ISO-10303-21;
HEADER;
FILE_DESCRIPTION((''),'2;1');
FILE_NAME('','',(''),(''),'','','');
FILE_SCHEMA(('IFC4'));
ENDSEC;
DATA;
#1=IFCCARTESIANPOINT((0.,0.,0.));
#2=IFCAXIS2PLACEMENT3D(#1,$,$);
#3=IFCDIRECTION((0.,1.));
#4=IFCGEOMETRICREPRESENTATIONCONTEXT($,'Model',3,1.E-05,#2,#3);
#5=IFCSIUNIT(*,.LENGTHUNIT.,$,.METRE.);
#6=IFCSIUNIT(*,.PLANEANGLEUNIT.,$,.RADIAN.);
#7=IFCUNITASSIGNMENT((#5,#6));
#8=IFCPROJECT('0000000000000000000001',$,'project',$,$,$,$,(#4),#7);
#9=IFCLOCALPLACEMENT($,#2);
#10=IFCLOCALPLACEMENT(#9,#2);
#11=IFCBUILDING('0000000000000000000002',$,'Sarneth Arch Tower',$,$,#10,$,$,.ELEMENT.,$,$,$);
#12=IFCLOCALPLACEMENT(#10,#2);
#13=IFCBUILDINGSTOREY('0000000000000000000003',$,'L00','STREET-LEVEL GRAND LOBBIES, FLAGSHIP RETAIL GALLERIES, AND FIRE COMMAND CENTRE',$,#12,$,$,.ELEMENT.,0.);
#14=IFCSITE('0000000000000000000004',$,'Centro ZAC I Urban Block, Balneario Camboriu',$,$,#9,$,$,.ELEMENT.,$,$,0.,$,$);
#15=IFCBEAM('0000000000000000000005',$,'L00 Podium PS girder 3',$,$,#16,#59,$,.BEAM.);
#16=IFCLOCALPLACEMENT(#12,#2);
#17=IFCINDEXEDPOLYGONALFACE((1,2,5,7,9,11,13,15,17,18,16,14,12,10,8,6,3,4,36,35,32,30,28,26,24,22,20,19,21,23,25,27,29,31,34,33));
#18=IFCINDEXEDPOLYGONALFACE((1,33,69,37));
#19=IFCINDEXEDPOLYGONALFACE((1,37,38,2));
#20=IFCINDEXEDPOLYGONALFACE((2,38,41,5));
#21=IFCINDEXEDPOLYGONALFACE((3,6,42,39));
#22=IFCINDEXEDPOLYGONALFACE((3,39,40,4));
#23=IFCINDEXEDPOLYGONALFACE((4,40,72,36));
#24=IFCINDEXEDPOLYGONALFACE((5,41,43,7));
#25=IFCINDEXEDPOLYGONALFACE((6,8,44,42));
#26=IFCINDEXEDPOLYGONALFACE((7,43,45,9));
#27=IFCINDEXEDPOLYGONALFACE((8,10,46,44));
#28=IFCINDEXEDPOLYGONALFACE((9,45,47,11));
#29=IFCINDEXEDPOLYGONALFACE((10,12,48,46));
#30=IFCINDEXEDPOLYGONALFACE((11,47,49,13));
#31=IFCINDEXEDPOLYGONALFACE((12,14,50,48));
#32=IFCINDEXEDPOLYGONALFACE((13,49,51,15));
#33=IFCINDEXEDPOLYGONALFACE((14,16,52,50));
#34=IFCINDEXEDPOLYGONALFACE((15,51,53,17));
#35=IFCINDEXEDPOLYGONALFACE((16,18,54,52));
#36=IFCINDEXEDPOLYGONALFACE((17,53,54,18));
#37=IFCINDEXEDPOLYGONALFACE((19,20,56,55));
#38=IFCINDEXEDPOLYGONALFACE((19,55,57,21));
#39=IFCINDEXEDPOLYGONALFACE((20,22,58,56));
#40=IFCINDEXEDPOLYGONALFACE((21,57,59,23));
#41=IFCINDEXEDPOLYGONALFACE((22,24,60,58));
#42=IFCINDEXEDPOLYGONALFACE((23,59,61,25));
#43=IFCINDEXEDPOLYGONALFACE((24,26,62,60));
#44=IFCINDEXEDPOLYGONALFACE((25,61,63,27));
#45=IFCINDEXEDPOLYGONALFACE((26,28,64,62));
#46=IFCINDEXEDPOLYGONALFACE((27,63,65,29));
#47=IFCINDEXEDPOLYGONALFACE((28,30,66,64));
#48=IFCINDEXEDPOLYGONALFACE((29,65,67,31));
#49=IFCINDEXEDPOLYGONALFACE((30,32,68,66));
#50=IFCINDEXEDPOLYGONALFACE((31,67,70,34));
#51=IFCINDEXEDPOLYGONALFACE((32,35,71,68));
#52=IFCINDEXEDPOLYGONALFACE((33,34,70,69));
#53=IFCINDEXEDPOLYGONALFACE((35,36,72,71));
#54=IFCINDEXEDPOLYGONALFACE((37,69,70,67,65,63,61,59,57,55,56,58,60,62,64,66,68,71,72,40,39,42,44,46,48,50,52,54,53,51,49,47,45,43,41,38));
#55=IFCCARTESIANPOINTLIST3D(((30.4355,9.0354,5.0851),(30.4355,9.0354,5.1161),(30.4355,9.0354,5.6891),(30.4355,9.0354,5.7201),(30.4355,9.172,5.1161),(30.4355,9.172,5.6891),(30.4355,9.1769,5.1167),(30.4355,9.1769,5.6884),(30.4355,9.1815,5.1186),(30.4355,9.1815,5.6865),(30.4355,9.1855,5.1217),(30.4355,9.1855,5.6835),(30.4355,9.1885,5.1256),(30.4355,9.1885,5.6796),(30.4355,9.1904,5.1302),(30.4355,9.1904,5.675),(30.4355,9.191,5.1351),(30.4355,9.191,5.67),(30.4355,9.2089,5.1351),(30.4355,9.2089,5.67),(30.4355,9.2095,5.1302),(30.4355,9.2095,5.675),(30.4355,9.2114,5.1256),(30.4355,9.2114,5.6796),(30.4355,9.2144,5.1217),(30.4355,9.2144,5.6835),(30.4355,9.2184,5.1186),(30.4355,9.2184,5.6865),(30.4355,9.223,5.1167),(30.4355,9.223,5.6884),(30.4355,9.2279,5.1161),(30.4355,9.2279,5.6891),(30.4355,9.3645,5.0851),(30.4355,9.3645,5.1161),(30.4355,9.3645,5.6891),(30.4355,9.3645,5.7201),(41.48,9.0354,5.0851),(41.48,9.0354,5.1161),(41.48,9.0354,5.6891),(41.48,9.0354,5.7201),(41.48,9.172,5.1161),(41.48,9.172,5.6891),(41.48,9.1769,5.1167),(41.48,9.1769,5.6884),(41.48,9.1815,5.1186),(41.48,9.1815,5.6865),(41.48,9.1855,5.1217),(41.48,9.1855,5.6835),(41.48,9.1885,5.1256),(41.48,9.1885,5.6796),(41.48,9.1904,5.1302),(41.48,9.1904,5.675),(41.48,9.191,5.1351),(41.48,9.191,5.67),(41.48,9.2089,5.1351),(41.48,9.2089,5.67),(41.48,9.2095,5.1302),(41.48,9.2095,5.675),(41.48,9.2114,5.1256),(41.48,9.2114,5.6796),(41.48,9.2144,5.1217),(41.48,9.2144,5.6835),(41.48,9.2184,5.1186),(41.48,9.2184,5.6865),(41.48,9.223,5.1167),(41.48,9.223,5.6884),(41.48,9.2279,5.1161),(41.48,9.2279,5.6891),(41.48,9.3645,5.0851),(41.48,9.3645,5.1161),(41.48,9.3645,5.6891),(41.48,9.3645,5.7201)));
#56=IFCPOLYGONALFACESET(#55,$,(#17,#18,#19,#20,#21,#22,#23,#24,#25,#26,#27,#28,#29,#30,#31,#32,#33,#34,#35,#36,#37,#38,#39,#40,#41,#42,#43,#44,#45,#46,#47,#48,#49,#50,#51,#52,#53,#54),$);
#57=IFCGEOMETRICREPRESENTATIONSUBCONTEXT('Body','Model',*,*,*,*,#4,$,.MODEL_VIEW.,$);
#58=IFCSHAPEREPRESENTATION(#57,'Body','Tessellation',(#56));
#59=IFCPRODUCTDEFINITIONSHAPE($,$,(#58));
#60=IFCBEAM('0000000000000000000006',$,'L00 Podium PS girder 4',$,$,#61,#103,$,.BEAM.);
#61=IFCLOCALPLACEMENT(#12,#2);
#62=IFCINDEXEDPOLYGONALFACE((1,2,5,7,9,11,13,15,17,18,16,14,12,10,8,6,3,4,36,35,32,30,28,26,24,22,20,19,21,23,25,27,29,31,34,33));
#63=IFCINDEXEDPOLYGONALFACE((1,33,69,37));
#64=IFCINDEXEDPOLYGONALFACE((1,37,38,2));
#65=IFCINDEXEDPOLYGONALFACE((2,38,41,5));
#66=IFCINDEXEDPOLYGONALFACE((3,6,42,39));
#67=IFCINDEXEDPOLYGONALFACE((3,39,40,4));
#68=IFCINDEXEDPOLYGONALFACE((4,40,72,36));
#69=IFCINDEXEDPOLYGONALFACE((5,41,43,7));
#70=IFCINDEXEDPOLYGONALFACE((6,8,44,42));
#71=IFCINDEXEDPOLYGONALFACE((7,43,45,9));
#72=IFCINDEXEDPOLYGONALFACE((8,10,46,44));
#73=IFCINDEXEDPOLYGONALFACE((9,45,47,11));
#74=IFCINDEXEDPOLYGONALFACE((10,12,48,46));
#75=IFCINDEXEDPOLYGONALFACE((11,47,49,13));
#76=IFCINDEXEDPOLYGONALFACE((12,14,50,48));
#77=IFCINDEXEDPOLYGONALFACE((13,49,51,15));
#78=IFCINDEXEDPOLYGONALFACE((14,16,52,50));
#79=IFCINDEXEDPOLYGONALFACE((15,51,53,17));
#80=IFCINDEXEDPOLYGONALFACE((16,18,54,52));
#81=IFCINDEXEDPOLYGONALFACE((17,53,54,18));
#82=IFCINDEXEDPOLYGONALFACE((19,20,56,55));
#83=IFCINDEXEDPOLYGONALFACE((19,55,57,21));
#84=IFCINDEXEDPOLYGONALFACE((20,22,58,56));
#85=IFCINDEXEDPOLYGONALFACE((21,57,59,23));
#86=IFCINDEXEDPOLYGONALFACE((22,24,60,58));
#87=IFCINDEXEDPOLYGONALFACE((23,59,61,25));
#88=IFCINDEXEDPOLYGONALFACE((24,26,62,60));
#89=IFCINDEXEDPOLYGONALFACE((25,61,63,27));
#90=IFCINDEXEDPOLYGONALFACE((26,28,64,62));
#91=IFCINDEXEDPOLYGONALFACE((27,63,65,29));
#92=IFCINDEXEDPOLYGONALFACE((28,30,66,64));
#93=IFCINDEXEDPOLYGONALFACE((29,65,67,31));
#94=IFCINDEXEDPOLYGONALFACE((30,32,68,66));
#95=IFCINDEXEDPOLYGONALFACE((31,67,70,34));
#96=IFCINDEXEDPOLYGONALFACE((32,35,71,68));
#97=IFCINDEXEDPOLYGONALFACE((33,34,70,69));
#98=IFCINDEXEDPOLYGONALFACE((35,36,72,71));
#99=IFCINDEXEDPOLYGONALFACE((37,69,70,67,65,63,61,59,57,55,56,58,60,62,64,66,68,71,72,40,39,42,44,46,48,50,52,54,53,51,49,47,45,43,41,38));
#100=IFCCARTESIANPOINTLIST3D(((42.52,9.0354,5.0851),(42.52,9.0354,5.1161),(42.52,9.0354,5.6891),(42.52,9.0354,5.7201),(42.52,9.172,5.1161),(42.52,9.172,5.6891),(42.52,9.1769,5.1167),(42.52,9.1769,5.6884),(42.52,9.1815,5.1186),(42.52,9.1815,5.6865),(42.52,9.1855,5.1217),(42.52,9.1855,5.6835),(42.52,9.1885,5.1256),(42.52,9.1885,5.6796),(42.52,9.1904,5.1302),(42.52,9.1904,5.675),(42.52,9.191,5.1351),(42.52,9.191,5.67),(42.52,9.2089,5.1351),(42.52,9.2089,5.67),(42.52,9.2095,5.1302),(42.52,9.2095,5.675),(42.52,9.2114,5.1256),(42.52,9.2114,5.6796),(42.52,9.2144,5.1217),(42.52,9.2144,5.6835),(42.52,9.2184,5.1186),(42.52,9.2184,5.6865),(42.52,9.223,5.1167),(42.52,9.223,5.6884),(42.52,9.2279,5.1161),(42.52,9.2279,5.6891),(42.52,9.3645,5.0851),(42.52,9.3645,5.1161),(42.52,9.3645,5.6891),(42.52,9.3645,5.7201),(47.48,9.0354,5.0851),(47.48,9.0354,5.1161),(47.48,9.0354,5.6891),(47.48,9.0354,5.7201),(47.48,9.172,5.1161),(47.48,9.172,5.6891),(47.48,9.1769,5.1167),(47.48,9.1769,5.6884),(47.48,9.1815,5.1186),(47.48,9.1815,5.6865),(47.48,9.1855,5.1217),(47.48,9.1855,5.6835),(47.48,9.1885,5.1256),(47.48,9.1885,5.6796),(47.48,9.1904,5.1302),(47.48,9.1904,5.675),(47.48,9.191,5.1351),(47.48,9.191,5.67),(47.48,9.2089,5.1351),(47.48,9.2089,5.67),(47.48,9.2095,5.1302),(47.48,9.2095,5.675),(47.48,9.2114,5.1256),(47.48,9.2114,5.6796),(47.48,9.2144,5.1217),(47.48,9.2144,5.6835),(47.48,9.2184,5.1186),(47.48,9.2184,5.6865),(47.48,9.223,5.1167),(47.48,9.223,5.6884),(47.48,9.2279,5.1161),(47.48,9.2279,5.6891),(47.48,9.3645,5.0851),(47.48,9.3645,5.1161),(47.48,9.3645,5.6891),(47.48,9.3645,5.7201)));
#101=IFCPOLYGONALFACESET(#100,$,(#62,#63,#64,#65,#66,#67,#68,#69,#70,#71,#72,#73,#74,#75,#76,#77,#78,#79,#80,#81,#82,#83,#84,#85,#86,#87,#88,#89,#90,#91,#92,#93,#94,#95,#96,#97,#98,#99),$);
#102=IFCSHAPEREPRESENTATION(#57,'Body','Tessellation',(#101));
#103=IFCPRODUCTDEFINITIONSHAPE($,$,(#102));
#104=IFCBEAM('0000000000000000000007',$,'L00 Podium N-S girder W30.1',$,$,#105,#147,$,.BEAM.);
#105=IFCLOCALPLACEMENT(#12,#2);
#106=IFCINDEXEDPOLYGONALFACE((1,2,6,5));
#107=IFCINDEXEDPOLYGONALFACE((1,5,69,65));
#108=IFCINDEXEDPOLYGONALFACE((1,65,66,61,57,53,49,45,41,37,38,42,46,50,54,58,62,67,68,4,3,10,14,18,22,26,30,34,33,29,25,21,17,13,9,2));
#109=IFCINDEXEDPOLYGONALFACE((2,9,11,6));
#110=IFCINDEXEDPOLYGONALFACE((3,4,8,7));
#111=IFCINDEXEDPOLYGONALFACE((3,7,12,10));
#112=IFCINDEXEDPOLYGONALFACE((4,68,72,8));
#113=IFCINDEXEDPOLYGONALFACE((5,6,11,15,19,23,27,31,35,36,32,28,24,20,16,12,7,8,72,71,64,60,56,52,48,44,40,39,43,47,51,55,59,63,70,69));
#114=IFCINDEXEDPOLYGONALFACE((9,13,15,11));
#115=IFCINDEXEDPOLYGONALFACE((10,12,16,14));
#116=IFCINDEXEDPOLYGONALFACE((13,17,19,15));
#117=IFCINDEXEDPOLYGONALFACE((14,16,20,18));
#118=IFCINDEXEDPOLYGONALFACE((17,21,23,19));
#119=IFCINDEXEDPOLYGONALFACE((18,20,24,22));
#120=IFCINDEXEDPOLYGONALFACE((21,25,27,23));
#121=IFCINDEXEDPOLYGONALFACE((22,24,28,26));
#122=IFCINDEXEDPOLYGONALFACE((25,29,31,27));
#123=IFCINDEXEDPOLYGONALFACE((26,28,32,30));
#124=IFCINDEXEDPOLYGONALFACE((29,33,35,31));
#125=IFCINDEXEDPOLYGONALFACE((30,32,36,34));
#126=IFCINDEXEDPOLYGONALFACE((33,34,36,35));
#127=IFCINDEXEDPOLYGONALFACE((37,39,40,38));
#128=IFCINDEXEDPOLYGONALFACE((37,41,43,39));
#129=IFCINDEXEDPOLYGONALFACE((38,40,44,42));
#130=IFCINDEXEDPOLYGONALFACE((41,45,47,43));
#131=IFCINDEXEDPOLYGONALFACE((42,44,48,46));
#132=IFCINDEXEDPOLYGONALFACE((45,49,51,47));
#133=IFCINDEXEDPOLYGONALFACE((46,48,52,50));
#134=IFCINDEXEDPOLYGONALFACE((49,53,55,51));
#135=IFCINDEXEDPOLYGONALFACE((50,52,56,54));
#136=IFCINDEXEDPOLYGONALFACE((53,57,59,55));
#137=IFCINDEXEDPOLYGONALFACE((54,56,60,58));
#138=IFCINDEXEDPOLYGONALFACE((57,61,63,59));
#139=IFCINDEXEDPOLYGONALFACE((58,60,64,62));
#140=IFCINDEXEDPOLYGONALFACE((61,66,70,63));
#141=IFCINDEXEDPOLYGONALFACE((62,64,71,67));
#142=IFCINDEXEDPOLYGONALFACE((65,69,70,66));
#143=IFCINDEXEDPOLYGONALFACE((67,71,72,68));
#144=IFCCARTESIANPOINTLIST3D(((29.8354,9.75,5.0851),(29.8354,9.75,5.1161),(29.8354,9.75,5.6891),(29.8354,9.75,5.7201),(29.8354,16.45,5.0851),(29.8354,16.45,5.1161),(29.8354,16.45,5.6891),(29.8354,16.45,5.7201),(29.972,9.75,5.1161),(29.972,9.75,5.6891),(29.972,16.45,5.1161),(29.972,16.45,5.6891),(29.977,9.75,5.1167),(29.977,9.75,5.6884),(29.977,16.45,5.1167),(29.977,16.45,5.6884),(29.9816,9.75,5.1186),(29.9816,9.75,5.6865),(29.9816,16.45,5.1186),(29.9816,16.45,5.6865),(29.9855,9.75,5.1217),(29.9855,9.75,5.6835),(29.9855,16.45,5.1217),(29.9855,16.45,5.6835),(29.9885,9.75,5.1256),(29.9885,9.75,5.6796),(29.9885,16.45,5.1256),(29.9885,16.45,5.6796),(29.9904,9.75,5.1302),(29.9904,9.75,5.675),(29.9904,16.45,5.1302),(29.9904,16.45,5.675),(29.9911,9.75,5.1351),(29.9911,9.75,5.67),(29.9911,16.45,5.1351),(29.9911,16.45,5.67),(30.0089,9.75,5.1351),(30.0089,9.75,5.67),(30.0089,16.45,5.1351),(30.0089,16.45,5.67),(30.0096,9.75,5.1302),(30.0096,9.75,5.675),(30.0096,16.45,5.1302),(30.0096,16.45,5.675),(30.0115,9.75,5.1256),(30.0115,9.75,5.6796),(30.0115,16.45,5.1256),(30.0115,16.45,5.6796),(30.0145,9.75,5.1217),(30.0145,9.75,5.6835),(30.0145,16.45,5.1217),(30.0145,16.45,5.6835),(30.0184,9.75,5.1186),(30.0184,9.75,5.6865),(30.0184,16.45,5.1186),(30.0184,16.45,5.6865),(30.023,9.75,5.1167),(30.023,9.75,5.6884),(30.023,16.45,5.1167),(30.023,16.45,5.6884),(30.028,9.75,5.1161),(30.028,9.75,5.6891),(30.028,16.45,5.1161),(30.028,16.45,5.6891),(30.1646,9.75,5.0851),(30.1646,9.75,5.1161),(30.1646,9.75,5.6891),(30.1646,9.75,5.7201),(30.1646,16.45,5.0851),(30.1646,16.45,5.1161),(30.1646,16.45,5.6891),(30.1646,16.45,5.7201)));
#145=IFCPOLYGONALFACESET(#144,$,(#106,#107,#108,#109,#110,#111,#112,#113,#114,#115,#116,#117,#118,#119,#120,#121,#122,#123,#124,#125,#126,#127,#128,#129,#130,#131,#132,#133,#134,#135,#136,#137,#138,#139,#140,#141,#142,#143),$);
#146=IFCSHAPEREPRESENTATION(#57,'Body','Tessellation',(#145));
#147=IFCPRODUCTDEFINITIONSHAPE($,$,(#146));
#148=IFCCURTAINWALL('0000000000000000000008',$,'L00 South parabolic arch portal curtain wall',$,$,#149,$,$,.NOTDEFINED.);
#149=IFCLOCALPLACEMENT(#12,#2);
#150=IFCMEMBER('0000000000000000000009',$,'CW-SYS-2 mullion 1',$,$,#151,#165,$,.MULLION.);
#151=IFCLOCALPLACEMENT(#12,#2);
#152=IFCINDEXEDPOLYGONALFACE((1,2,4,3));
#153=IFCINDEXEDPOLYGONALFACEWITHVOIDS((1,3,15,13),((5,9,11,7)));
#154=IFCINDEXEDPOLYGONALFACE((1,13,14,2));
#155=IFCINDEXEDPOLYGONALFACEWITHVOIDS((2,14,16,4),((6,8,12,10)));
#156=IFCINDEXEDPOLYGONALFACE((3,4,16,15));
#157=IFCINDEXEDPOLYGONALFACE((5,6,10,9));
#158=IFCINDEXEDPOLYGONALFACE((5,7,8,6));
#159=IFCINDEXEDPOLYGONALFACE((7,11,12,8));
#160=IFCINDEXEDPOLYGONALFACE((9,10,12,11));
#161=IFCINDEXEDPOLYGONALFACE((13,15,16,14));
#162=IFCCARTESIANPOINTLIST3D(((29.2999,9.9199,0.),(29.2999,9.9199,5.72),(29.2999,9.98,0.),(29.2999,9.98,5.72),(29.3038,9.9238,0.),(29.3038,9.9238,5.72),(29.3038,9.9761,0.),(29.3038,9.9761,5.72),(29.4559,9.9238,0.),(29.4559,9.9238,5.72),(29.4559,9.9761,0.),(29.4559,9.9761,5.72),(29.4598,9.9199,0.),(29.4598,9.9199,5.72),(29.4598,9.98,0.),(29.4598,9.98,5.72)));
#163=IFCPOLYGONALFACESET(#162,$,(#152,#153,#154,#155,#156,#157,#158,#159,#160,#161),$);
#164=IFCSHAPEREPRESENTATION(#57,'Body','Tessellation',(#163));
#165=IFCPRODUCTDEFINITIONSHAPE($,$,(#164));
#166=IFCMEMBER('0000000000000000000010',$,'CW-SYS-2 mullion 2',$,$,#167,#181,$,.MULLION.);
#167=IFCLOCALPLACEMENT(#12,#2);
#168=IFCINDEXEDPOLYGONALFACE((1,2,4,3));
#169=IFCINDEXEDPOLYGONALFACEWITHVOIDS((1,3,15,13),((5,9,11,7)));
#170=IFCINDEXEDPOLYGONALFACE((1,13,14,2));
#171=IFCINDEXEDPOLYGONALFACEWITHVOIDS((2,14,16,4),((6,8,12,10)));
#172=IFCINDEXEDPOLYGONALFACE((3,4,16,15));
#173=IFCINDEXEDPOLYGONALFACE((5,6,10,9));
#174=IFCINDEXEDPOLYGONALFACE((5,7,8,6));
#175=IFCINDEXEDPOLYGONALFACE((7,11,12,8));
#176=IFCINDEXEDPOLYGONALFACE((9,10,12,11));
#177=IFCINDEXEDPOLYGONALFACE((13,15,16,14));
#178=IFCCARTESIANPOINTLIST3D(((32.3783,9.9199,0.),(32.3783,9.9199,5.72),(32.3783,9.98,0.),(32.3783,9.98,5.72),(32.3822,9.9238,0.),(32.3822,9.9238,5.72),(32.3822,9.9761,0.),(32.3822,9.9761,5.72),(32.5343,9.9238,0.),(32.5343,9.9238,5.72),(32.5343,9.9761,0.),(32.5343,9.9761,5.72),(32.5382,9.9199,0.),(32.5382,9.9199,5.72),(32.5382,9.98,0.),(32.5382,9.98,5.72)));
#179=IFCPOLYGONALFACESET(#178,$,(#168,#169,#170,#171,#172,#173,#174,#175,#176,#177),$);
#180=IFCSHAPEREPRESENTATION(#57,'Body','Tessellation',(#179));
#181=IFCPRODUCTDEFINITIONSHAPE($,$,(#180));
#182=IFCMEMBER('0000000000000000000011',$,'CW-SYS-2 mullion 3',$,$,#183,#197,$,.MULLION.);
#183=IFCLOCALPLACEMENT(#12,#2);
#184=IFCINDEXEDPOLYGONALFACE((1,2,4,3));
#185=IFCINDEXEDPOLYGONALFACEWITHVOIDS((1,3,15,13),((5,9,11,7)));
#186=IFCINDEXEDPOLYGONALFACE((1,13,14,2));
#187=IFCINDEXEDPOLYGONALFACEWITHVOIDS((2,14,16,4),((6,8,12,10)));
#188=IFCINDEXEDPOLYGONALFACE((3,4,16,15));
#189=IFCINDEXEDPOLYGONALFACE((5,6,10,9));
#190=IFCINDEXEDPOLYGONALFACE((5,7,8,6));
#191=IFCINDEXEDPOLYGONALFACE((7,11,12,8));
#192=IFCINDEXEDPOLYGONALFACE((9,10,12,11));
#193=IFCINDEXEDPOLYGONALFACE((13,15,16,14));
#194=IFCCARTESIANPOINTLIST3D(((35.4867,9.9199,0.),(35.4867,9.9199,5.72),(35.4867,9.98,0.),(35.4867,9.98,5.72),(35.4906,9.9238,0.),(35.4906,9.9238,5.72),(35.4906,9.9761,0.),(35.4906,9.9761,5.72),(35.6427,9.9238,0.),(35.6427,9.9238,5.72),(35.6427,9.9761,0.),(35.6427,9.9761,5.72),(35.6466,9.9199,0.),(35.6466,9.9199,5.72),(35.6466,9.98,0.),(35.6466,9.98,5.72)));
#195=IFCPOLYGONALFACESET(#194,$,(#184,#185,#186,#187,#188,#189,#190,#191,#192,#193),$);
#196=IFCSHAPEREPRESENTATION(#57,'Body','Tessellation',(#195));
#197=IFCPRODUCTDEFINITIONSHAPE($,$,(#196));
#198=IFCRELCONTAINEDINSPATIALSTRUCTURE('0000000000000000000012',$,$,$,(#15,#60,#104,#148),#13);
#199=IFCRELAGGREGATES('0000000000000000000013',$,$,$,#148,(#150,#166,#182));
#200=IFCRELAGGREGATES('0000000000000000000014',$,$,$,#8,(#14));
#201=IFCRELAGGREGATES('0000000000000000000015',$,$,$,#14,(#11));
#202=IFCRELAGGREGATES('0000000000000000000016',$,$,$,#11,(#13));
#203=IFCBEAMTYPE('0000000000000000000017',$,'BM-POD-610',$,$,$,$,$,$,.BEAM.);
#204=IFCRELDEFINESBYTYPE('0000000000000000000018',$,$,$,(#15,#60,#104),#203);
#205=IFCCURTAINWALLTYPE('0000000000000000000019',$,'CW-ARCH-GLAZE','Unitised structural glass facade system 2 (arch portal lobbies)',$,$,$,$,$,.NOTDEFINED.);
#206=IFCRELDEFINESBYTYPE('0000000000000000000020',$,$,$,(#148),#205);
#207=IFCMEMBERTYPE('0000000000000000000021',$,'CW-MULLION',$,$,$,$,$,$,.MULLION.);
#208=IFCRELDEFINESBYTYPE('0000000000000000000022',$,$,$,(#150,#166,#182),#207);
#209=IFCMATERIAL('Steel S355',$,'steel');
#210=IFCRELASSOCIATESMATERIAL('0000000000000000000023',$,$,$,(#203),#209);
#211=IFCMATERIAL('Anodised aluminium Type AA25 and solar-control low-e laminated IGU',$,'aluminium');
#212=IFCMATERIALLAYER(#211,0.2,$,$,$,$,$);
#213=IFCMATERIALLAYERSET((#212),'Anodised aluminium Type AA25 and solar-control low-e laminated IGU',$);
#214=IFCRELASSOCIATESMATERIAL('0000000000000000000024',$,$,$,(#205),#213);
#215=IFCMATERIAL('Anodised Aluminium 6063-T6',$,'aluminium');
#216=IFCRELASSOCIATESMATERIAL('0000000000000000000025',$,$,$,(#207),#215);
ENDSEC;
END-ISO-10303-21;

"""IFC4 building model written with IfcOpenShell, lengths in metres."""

from ifc_helpers import new_model, si_unit, direction, frame, origin, origin_2d, place, context, subcontext, project, spatial, hollow_rectangle, i_section, extrude, material, layer, layer_set, material_profile, profile_set, type_object, element, aggregate, save


model = new_model("IFC4")

# Units and contexts
model_context = context("Model", 3, precision=1e-05, world=origin(), true_north=direction((0.0, 1.0)))
body_context = subcontext(model_context, "Body", "Model", "MODEL_VIEW")
ifc_project = project(units=[si_unit("LENGTHUNIT", "METRE"), si_unit("PLANEANGLEUNIT", "RADIAN")], contexts=[model_context])

# Site, building, storey
site_placement = place(None, origin())
site = spatial("IfcSite", under=ifc_project, at=site_placement, Name="Centro ZAC I Urban Block, Balneario Camboriu", CompositionType="ELEMENT", RefElevation=0.0)
building_placement = place(site_placement, origin())
building = spatial("IfcBuilding", under=site, at=building_placement, Name="Sarneth Arch Tower", CompositionType="ELEMENT")
storey_placement = place(building_placement, origin())
storey = spatial("IfcBuildingStorey", under=building, at=storey_placement, Name="L00", Description="STREET-LEVEL GRAND LOBBIES, FLAGSHIP RETAIL GALLERIES, AND FIRE COMMAND CENTRE", CompositionType="ELEMENT", Elevation=0.0)

# Beams
ifc_material_1 = material(Name="Steel S355", Category="steel")
ifc_material_profile_1 = material_profile(ifc_material_1, i_section(OverallWidth=0.3291, OverallDepth=0.635, WebThickness=0.0178, FlangeThickness=0.031, FilletRadius=0.019, at=origin_2d()), Name="W610x241")
ifc_profile_set_1 = profile_set([ifc_material_profile_1], Name="Steel S355")
beam_type_1 = type_object("IfcBeamType", Name="BM-POD-610", PredefinedType="BEAM", material=ifc_profile_set_1)
beam_1_placement = place(storey_placement, frame((30.4355, 9.2, 5.4026), z_axis=(1.0, 0.0, 0.0), x_axis=(0.0, 1.0, 0.0)))
element("IfcBeam", 1, at=beam_1_placement, inside=storey, type_object=beam_type_1, Name="L00 Podium PS girder 3", PredefinedType="BEAM", context=body_context, shape_type="SweptSolid", body=[
    extrude(i_section(OverallWidth=0.3291, OverallDepth=0.635, WebThickness=0.0178, FlangeThickness=0.031, FilletRadius=0.019, at=origin_2d()), origin(), (0.0, 0.0, 1.0), 11.0444),
])
beam_2_placement = place(storey_placement, frame((42.52, 9.2, 5.4026), z_axis=(1.0, 0.0, 0.0), x_axis=(0.0, 1.0, 0.0)))
element("IfcBeam", 2, at=beam_2_placement, inside=storey, type_object=beam_type_1, Name="L00 Podium PS girder 4", PredefinedType="BEAM", context=body_context, shape_type="SweptSolid", body=[
    extrude(i_section(OverallWidth=0.3291, OverallDepth=0.635, WebThickness=0.0178, FlangeThickness=0.031, FilletRadius=0.019, at=origin_2d()), origin(), (0.0, 0.0, 1.0), 4.96),
])
beam_3_placement = place(storey_placement, frame((30.0, 9.75, 5.4026), z_axis=(0.0, 1.0, 0.0), x_axis=(-1.0, 0.0, 0.0)))
element("IfcBeam", 3, at=beam_3_placement, inside=storey, type_object=beam_type_1, Name="L00 Podium N-S girder W30.1", PredefinedType="BEAM", context=body_context, shape_type="SweptSolid", body=[
    extrude(i_section(OverallWidth=0.3291, OverallDepth=0.635, WebThickness=0.0178, FlangeThickness=0.031, FilletRadius=0.019, at=origin_2d()), origin(), (0.0, 0.0, 1.0), 6.7),
])

# Curtain wall, members
ifc_material_2 = material(Name="Anodised aluminium Type AA25 and solar-control low-e laminated IGU", Category="aluminium")
ifc_layer_1 = layer(ifc_material_2, 0.2)
ifc_layer_set_1 = layer_set([ifc_layer_1], Name="Anodised aluminium Type AA25 and solar-control low-e laminated IGU")
curtain_wall_type = type_object("IfcCurtainWallType", Name="CW-ARCH-GLAZE", Description="Unitised structural glass facade system 2 (arch portal lobbies)", PredefinedType="NOTDEFINED", material=ifc_layer_set_1)
curtain_wall_placement = place(storey_placement, origin())
curtain_wall = element("IfcCurtainWall", 4, at=curtain_wall_placement, inside=storey, type_object=curtain_wall_type, Name="L00 South parabolic arch portal curtain wall", PredefinedType="NOTDEFINED")
ifc_material_3 = material(Name="Anodised Aluminium 6063-T6", Category="aluminium")
ifc_material_profile_2 = material_profile(ifc_material_3, hollow_rectangle(XDim=0.0601, YDim=0.1599, WallThickness=0.0039, at=origin_2d()), Name="AL-MULL-160x60x4")
ifc_profile_set_2 = profile_set([ifc_material_profile_2], Name="Anodised Aluminium 6063-T6")
member_type_1 = type_object("IfcMemberType", Name="CW-MULLION", PredefinedType="MULLION", material=ifc_profile_set_2)
member_1_placement = place(storey_placement, frame((29.3799, 9.95, 0.0), z_axis=(0.0, 0.0, 1.0), x_axis=(0.0, 1.0, 0.0)))
member_1 = element("IfcMember", 5, at=member_1_placement, type_object=member_type_1, Name="CW-SYS-2 mullion 1", PredefinedType="MULLION", context=body_context, shape_type="SweptSolid", body=[
    extrude(hollow_rectangle(XDim=0.0601, YDim=0.1599, WallThickness=0.0039, at=origin_2d()), origin(), (0.0, 0.0, 1.0), 5.72),
])
member_2_placement = place(storey_placement, frame((32.4583, 9.95, 0.0), z_axis=(0.0, 0.0, 1.0), x_axis=(0.0, 1.0, 0.0)))
member_2 = element("IfcMember", 6, at=member_2_placement, type_object=member_type_1, Name="CW-SYS-2 mullion 2", PredefinedType="MULLION", context=body_context, shape_type="SweptSolid", body=[
    extrude(hollow_rectangle(XDim=0.0601, YDim=0.1599, WallThickness=0.0039, at=origin_2d()), origin(), (0.0, 0.0, 1.0), 5.72),
])
member_3_placement = place(storey_placement, frame((35.5667, 9.95, 0.0), z_axis=(0.0, 0.0, 1.0), x_axis=(0.0, 1.0, 0.0)))
member_3 = element("IfcMember", 7, at=member_3_placement, type_object=member_type_1, Name="CW-SYS-2 mullion 3", PredefinedType="MULLION", context=body_context, shape_type="SweptSolid", body=[
    extrude(hollow_rectangle(XDim=0.0601, YDim=0.1599, WallThickness=0.0039, at=origin_2d()), origin(), (0.0, 0.0, 1.0), 5.72),
])

aggregate(curtain_wall, [member_1, member_2, member_3])

save(model, "model.ifc")
